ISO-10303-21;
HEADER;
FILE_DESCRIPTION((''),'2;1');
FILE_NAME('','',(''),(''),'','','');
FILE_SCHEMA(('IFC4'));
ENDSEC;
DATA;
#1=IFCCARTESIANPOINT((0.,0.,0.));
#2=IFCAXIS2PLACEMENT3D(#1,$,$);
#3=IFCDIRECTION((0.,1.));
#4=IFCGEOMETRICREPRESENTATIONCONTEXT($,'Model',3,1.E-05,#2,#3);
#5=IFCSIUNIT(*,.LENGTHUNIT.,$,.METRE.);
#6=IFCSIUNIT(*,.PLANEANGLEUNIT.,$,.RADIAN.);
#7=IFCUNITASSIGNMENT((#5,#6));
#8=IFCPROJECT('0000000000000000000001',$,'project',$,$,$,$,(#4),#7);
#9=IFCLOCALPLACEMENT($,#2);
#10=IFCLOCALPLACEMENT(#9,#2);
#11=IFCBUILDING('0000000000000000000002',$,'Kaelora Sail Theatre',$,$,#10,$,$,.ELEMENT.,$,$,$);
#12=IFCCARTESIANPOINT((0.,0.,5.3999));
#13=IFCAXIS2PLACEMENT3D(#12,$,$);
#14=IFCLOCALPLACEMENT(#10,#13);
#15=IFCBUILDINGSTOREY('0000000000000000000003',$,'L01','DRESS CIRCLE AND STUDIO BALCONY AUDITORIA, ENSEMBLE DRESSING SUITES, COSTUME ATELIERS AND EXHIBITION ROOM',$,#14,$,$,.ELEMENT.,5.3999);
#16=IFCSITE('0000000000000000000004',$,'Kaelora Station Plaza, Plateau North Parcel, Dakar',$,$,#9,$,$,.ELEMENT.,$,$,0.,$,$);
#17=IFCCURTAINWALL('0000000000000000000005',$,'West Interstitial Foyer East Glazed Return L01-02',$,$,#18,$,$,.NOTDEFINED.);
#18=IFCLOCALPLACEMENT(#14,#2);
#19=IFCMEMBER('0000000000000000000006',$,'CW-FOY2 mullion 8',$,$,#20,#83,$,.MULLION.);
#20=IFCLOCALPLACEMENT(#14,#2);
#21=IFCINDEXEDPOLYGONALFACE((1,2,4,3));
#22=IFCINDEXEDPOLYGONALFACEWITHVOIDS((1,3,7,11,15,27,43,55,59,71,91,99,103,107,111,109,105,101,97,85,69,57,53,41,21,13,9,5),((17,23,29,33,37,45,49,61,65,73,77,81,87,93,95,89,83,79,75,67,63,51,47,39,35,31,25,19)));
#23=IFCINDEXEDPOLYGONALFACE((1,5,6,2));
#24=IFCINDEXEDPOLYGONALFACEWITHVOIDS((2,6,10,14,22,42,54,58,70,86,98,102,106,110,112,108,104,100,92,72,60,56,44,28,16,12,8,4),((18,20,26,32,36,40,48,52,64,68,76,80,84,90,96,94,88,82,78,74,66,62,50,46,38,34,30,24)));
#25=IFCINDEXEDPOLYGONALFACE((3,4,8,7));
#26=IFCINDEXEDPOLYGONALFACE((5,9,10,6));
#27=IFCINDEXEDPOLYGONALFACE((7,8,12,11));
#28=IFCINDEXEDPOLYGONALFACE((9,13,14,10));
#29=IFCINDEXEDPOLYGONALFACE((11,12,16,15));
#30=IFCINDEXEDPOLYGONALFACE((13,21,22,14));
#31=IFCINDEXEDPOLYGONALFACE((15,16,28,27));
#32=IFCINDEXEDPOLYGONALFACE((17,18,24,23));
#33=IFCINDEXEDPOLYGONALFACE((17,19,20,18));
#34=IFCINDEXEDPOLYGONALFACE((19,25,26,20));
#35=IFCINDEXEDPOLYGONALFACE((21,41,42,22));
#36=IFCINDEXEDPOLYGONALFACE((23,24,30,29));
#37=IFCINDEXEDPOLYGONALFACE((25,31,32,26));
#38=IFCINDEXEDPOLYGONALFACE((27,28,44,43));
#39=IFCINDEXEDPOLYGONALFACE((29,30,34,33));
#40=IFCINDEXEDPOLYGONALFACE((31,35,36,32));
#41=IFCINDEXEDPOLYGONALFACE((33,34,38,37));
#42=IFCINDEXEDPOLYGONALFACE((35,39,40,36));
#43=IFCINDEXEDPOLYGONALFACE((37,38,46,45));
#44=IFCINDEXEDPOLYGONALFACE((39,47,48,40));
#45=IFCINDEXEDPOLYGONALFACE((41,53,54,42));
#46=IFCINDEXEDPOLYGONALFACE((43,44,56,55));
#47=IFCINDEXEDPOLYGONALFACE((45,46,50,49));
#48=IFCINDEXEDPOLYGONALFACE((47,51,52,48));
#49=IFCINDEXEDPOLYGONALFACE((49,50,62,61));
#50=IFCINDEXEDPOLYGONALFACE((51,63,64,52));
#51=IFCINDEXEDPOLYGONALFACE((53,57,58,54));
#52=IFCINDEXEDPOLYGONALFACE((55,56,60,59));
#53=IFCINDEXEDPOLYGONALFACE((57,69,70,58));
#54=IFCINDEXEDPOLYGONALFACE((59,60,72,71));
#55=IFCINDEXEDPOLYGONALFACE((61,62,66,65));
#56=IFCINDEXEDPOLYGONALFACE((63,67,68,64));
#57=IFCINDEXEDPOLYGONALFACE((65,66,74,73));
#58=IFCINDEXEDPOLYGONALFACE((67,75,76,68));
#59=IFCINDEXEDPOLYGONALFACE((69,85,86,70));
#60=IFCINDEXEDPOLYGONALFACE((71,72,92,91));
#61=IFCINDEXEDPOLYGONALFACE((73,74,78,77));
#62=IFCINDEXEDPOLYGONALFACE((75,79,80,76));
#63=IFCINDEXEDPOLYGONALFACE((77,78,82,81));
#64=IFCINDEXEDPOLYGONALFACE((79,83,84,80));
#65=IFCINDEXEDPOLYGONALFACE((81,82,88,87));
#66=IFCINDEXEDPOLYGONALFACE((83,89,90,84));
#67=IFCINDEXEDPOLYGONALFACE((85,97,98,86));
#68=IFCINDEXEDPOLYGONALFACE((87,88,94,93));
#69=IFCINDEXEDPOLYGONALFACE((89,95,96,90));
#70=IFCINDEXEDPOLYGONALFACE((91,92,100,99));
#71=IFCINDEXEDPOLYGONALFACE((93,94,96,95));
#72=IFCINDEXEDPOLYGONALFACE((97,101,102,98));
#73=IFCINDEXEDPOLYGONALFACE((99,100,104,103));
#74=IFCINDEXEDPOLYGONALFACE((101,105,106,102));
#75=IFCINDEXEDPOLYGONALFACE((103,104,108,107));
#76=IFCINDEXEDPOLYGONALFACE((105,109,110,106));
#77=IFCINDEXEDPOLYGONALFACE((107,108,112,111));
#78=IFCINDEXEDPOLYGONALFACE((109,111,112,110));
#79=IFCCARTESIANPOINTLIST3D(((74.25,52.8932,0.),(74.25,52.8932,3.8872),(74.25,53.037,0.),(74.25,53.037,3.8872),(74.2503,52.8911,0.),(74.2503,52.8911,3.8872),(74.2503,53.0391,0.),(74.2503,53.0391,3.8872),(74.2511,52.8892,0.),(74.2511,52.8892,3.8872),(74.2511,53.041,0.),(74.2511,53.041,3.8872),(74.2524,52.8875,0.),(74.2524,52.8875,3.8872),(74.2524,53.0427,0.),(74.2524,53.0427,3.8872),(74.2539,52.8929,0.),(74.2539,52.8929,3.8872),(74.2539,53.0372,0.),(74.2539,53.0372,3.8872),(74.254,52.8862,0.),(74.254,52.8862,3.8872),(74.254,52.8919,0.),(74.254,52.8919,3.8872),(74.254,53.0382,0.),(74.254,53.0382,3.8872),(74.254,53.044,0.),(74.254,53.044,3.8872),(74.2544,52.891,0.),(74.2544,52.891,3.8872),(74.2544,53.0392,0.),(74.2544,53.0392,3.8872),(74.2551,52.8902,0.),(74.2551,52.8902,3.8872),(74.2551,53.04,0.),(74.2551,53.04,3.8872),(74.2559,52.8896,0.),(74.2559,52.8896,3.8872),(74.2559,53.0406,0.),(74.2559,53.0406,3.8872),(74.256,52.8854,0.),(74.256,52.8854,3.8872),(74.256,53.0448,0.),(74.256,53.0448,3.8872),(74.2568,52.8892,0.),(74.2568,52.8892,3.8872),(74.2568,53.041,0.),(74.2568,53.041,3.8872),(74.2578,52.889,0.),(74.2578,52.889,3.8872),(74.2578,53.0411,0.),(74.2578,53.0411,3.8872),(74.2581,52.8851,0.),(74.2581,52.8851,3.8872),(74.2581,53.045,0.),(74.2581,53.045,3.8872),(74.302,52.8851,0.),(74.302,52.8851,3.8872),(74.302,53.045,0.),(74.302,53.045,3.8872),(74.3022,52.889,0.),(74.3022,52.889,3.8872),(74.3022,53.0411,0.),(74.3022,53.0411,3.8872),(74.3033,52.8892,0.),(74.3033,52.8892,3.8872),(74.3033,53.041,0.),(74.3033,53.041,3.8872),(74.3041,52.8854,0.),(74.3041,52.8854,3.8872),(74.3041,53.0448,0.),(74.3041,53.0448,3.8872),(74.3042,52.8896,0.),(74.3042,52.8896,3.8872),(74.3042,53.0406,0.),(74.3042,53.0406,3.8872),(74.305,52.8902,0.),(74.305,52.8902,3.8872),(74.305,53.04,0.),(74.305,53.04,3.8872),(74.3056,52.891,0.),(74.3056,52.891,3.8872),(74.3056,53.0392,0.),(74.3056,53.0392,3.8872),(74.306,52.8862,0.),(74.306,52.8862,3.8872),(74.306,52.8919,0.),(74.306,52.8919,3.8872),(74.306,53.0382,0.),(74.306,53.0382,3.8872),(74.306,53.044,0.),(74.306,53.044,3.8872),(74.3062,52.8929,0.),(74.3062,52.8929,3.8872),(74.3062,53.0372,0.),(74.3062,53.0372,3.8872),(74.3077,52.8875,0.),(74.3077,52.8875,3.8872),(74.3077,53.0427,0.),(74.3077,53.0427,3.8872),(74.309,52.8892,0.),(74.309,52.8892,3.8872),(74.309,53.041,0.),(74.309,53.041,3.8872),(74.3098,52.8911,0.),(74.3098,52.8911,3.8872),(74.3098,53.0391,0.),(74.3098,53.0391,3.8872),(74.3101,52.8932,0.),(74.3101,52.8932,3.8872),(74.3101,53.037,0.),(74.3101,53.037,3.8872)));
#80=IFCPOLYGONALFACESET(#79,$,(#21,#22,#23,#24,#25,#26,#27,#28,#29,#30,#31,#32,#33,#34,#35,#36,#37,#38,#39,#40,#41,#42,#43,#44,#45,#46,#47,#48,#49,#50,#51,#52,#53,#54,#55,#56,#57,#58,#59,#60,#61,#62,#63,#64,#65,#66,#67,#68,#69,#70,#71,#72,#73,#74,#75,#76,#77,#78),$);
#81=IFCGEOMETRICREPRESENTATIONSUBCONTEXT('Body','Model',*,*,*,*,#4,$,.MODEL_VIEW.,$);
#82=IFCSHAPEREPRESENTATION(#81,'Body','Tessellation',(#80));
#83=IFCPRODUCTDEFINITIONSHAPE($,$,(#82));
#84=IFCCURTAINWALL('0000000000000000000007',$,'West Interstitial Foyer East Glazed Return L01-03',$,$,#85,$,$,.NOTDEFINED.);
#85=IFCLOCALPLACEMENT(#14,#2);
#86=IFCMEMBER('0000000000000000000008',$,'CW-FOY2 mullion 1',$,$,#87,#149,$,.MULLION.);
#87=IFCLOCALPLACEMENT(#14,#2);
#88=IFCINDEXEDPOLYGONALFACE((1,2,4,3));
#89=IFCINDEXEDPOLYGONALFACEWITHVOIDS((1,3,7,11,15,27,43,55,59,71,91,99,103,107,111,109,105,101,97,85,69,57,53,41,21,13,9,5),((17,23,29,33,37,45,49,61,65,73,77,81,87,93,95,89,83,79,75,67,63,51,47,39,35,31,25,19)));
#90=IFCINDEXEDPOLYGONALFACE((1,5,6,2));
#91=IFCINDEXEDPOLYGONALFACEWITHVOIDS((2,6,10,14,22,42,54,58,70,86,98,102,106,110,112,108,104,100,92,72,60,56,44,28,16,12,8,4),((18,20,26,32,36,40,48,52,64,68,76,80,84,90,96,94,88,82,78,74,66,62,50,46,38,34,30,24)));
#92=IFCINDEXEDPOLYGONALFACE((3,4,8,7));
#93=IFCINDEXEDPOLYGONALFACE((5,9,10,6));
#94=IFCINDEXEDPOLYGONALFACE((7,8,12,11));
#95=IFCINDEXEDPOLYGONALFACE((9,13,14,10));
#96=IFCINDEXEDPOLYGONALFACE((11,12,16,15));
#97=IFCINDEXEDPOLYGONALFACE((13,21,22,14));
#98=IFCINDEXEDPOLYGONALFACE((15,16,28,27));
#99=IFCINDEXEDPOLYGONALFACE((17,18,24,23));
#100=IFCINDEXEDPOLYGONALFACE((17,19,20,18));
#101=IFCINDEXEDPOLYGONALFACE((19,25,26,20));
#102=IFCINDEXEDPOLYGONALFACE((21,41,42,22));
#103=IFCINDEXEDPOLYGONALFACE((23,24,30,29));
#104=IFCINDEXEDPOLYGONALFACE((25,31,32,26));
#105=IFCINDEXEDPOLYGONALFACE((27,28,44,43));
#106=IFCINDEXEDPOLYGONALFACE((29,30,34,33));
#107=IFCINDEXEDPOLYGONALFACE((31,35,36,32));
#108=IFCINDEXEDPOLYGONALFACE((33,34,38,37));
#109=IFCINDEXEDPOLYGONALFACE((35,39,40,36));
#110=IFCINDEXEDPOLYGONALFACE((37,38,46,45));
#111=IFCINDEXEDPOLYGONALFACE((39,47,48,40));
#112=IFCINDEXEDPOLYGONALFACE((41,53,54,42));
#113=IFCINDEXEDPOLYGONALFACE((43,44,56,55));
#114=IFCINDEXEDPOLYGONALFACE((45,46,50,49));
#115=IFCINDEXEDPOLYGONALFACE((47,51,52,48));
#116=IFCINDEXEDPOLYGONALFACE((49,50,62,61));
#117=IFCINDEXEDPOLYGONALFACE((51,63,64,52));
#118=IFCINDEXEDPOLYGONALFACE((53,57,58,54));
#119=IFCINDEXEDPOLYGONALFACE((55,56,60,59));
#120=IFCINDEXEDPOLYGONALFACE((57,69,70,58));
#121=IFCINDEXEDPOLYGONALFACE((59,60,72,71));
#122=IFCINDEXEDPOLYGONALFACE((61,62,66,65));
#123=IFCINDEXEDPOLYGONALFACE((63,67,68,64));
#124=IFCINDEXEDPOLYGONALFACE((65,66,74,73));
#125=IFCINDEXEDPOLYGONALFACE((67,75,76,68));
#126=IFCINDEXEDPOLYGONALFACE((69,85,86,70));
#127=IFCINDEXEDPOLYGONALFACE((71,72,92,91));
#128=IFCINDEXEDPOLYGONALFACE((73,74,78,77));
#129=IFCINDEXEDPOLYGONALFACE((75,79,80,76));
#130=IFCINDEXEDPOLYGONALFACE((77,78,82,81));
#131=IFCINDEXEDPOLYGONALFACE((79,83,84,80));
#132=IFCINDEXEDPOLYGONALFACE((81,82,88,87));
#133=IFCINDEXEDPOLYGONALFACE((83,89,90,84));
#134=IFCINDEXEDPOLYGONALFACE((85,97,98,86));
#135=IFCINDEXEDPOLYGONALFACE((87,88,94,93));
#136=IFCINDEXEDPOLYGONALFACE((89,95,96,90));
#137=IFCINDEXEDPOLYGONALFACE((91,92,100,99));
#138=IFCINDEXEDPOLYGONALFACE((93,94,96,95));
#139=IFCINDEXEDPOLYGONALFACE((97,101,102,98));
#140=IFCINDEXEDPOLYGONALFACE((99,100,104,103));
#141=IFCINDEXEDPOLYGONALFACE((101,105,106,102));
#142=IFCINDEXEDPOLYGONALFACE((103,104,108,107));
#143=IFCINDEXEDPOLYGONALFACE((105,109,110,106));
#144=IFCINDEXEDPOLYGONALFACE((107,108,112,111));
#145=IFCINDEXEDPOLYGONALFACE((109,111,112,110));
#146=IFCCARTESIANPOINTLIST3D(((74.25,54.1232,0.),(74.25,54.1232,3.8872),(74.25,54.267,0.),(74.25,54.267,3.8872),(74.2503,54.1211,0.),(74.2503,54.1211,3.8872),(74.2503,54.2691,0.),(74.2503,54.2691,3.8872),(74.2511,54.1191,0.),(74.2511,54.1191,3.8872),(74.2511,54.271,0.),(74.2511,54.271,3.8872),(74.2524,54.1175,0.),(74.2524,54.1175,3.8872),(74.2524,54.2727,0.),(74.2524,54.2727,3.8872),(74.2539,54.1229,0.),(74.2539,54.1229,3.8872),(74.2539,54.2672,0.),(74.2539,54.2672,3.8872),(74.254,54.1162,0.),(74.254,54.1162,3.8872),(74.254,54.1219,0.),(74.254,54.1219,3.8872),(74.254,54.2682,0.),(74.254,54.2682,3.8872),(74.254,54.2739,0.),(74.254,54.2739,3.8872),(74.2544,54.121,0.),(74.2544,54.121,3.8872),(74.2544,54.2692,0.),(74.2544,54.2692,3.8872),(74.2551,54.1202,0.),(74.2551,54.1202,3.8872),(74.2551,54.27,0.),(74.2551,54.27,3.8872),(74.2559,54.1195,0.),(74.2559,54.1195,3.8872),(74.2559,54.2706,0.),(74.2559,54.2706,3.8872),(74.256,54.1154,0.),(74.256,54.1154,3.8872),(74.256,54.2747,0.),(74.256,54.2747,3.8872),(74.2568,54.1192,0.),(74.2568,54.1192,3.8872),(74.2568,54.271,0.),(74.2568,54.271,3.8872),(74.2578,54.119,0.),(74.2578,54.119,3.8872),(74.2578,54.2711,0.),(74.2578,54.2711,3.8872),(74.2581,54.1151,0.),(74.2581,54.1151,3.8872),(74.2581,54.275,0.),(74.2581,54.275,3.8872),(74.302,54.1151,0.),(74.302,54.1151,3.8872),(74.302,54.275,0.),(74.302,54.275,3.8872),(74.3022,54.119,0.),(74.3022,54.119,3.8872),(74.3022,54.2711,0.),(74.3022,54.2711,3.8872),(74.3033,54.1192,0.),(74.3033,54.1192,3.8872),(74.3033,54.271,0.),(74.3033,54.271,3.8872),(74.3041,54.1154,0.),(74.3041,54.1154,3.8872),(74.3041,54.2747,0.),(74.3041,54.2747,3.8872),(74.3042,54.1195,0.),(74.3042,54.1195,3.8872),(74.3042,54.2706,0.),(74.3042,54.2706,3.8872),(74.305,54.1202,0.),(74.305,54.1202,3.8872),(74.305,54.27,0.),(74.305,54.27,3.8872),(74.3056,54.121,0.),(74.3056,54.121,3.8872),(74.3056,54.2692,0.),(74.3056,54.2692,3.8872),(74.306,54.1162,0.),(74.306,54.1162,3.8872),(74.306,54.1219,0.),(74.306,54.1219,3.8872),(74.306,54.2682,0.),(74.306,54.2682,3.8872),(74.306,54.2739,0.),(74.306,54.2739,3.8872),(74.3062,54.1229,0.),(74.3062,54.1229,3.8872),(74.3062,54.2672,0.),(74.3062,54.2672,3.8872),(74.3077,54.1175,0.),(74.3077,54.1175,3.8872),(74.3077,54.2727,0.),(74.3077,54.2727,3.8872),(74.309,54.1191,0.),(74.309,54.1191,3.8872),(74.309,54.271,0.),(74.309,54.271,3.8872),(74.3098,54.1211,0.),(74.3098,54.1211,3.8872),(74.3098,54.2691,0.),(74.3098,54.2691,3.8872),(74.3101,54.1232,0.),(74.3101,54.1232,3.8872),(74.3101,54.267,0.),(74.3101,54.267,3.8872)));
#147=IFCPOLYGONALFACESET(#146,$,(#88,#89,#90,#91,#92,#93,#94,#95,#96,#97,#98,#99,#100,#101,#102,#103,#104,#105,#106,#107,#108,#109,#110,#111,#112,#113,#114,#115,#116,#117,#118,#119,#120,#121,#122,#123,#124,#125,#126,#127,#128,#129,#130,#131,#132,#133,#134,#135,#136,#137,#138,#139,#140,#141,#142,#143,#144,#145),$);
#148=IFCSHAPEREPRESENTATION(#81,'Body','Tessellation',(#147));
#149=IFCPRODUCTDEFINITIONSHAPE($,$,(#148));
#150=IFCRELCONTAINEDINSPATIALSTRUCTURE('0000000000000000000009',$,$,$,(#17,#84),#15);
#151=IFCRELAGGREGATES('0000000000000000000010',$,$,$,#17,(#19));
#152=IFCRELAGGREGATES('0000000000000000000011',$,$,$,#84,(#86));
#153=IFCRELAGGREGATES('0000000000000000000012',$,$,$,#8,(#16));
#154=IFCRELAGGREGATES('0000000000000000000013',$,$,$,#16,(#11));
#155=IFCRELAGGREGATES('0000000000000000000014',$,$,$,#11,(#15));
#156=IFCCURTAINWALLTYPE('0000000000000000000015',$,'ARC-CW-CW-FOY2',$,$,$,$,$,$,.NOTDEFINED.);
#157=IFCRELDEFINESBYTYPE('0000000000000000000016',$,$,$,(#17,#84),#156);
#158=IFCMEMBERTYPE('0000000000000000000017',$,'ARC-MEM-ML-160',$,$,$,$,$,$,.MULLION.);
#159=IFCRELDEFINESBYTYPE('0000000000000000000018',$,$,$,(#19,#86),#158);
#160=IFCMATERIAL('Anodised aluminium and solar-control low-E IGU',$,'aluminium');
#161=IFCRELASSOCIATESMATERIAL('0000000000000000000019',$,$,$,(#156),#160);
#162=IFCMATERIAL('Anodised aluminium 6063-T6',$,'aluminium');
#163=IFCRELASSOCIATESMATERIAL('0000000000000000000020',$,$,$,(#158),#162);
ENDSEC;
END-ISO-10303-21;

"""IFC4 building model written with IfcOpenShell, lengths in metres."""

from ifc_helpers import new_model, si_unit, direction, frame, origin, origin_2d, place, context, subcontext, project, spatial, hollow_rectangle, extrude, material, material_profile, profile_set, type_object, element, aggregate, save


model = new_model("IFC4")

# Units and contexts
model_context = context("Model", 3, precision=1e-05, world=origin(), true_north=direction((0.0, 1.0)))
body_context = subcontext(model_context, "Body", "Model", "MODEL_VIEW")
ifc_project = project(units=[si_unit("LENGTHUNIT", "METRE"), si_unit("PLANEANGLEUNIT", "RADIAN")], contexts=[model_context])

# Site, building, storey
site_placement = place(None, origin())
site = spatial("IfcSite", under=ifc_project, at=site_placement, Name="Kaelora Station Plaza, Plateau North Parcel, Dakar", CompositionType="ELEMENT", RefElevation=0.0)
building_placement = place(site_placement, origin())
building = spatial("IfcBuilding", under=site, at=building_placement, Name="Kaelora Sail Theatre", CompositionType="ELEMENT")
storey_placement = place(building_placement, frame((0.0, 0.0, 5.3999)))
storey = spatial("IfcBuildingStorey", under=building, at=storey_placement, Name="L01", Description="DRESS CIRCLE AND STUDIO BALCONY AUDITORIA, ENSEMBLE DRESSING SUITES, COSTUME ATELIERS AND EXHIBITION ROOM", CompositionType="ELEMENT", Elevation=5.3999)

# Curtain wall, member
ifc_material_1 = material(Name="Anodised aluminium and solar-control low-E IGU", Category="aluminium")
curtain_wall_type = type_object("IfcCurtainWallType", Name="ARC-CW-CW-FOY2", PredefinedType="NOTDEFINED", material=ifc_material_1)
curtain_wall_1_placement = place(storey_placement, origin())
curtain_wall_1 = element("IfcCurtainWall", 1, at=curtain_wall_1_placement, inside=storey, type_object=curtain_wall_type, Name="West Interstitial Foyer East Glazed Return L01-02", PredefinedType="NOTDEFINED")
ifc_material_2 = material(Name="Anodised aluminium 6063-T6", Category="aluminium")
ifc_material_profile_1 = material_profile(ifc_material_2, hollow_rectangle(XDim=0.0601, YDim=0.1599, WallThickness=0.0039, InnerFilletRadius=0.0039, OuterFilletRadius=0.0081, at=origin_2d()), Name="ALU-MULL 60x160x4")
ifc_profile_set_1 = profile_set([ifc_material_profile_1], Name="Anodised aluminium 6063-T6")
member_type_1 = type_object("IfcMemberType", Name="ARC-MEM-ML-160", PredefinedType="MULLION", material=ifc_profile_set_1)
member_1_placement = place(storey_placement, frame((74.28, 52.9651, 0.0), z_axis=(0.0, 0.0, 1.0), x_axis=(-1.0, 0.0, 0.0)))
member_1 = element("IfcMember", 2, at=member_1_placement, type_object=member_type_1, Name="CW-FOY2 mullion 8", PredefinedType="MULLION", context=body_context, shape_type="SweptSolid", body=[
    extrude(hollow_rectangle(XDim=0.0601, YDim=0.1599, WallThickness=0.0039, InnerFilletRadius=0.0039, OuterFilletRadius=0.0081, at=origin_2d()), origin(), (0.0, 0.0, 1.0), 3.8872),
])

# Curtain wall, member
curtain_wall_2_placement = place(storey_placement, origin())
curtain_wall_2 = element("IfcCurtainWall", 3, at=curtain_wall_2_placement, inside=storey, type_object=curtain_wall_type, Name="West Interstitial Foyer East Glazed Return L01-03", PredefinedType="NOTDEFINED")
member_2_placement = place(storey_placement, frame((74.28, 54.1951, 0.0), z_axis=(0.0, 0.0, 1.0), x_axis=(-1.0, 0.0, 0.0)))
member_2 = element("IfcMember", 4, at=member_2_placement, type_object=member_type_1, Name="CW-FOY2 mullion 1", PredefinedType="MULLION", context=body_context, shape_type="SweptSolid", body=[
    extrude(hollow_rectangle(XDim=0.0601, YDim=0.1599, WallThickness=0.0039, InnerFilletRadius=0.0039, OuterFilletRadius=0.0081, at=origin_2d()), origin(), (0.0, 0.0, 1.0), 3.8872),
])

aggregate(curtain_wall_1, [member_1])
aggregate(curtain_wall_2, [member_2])

save(model, "model.ifc")
